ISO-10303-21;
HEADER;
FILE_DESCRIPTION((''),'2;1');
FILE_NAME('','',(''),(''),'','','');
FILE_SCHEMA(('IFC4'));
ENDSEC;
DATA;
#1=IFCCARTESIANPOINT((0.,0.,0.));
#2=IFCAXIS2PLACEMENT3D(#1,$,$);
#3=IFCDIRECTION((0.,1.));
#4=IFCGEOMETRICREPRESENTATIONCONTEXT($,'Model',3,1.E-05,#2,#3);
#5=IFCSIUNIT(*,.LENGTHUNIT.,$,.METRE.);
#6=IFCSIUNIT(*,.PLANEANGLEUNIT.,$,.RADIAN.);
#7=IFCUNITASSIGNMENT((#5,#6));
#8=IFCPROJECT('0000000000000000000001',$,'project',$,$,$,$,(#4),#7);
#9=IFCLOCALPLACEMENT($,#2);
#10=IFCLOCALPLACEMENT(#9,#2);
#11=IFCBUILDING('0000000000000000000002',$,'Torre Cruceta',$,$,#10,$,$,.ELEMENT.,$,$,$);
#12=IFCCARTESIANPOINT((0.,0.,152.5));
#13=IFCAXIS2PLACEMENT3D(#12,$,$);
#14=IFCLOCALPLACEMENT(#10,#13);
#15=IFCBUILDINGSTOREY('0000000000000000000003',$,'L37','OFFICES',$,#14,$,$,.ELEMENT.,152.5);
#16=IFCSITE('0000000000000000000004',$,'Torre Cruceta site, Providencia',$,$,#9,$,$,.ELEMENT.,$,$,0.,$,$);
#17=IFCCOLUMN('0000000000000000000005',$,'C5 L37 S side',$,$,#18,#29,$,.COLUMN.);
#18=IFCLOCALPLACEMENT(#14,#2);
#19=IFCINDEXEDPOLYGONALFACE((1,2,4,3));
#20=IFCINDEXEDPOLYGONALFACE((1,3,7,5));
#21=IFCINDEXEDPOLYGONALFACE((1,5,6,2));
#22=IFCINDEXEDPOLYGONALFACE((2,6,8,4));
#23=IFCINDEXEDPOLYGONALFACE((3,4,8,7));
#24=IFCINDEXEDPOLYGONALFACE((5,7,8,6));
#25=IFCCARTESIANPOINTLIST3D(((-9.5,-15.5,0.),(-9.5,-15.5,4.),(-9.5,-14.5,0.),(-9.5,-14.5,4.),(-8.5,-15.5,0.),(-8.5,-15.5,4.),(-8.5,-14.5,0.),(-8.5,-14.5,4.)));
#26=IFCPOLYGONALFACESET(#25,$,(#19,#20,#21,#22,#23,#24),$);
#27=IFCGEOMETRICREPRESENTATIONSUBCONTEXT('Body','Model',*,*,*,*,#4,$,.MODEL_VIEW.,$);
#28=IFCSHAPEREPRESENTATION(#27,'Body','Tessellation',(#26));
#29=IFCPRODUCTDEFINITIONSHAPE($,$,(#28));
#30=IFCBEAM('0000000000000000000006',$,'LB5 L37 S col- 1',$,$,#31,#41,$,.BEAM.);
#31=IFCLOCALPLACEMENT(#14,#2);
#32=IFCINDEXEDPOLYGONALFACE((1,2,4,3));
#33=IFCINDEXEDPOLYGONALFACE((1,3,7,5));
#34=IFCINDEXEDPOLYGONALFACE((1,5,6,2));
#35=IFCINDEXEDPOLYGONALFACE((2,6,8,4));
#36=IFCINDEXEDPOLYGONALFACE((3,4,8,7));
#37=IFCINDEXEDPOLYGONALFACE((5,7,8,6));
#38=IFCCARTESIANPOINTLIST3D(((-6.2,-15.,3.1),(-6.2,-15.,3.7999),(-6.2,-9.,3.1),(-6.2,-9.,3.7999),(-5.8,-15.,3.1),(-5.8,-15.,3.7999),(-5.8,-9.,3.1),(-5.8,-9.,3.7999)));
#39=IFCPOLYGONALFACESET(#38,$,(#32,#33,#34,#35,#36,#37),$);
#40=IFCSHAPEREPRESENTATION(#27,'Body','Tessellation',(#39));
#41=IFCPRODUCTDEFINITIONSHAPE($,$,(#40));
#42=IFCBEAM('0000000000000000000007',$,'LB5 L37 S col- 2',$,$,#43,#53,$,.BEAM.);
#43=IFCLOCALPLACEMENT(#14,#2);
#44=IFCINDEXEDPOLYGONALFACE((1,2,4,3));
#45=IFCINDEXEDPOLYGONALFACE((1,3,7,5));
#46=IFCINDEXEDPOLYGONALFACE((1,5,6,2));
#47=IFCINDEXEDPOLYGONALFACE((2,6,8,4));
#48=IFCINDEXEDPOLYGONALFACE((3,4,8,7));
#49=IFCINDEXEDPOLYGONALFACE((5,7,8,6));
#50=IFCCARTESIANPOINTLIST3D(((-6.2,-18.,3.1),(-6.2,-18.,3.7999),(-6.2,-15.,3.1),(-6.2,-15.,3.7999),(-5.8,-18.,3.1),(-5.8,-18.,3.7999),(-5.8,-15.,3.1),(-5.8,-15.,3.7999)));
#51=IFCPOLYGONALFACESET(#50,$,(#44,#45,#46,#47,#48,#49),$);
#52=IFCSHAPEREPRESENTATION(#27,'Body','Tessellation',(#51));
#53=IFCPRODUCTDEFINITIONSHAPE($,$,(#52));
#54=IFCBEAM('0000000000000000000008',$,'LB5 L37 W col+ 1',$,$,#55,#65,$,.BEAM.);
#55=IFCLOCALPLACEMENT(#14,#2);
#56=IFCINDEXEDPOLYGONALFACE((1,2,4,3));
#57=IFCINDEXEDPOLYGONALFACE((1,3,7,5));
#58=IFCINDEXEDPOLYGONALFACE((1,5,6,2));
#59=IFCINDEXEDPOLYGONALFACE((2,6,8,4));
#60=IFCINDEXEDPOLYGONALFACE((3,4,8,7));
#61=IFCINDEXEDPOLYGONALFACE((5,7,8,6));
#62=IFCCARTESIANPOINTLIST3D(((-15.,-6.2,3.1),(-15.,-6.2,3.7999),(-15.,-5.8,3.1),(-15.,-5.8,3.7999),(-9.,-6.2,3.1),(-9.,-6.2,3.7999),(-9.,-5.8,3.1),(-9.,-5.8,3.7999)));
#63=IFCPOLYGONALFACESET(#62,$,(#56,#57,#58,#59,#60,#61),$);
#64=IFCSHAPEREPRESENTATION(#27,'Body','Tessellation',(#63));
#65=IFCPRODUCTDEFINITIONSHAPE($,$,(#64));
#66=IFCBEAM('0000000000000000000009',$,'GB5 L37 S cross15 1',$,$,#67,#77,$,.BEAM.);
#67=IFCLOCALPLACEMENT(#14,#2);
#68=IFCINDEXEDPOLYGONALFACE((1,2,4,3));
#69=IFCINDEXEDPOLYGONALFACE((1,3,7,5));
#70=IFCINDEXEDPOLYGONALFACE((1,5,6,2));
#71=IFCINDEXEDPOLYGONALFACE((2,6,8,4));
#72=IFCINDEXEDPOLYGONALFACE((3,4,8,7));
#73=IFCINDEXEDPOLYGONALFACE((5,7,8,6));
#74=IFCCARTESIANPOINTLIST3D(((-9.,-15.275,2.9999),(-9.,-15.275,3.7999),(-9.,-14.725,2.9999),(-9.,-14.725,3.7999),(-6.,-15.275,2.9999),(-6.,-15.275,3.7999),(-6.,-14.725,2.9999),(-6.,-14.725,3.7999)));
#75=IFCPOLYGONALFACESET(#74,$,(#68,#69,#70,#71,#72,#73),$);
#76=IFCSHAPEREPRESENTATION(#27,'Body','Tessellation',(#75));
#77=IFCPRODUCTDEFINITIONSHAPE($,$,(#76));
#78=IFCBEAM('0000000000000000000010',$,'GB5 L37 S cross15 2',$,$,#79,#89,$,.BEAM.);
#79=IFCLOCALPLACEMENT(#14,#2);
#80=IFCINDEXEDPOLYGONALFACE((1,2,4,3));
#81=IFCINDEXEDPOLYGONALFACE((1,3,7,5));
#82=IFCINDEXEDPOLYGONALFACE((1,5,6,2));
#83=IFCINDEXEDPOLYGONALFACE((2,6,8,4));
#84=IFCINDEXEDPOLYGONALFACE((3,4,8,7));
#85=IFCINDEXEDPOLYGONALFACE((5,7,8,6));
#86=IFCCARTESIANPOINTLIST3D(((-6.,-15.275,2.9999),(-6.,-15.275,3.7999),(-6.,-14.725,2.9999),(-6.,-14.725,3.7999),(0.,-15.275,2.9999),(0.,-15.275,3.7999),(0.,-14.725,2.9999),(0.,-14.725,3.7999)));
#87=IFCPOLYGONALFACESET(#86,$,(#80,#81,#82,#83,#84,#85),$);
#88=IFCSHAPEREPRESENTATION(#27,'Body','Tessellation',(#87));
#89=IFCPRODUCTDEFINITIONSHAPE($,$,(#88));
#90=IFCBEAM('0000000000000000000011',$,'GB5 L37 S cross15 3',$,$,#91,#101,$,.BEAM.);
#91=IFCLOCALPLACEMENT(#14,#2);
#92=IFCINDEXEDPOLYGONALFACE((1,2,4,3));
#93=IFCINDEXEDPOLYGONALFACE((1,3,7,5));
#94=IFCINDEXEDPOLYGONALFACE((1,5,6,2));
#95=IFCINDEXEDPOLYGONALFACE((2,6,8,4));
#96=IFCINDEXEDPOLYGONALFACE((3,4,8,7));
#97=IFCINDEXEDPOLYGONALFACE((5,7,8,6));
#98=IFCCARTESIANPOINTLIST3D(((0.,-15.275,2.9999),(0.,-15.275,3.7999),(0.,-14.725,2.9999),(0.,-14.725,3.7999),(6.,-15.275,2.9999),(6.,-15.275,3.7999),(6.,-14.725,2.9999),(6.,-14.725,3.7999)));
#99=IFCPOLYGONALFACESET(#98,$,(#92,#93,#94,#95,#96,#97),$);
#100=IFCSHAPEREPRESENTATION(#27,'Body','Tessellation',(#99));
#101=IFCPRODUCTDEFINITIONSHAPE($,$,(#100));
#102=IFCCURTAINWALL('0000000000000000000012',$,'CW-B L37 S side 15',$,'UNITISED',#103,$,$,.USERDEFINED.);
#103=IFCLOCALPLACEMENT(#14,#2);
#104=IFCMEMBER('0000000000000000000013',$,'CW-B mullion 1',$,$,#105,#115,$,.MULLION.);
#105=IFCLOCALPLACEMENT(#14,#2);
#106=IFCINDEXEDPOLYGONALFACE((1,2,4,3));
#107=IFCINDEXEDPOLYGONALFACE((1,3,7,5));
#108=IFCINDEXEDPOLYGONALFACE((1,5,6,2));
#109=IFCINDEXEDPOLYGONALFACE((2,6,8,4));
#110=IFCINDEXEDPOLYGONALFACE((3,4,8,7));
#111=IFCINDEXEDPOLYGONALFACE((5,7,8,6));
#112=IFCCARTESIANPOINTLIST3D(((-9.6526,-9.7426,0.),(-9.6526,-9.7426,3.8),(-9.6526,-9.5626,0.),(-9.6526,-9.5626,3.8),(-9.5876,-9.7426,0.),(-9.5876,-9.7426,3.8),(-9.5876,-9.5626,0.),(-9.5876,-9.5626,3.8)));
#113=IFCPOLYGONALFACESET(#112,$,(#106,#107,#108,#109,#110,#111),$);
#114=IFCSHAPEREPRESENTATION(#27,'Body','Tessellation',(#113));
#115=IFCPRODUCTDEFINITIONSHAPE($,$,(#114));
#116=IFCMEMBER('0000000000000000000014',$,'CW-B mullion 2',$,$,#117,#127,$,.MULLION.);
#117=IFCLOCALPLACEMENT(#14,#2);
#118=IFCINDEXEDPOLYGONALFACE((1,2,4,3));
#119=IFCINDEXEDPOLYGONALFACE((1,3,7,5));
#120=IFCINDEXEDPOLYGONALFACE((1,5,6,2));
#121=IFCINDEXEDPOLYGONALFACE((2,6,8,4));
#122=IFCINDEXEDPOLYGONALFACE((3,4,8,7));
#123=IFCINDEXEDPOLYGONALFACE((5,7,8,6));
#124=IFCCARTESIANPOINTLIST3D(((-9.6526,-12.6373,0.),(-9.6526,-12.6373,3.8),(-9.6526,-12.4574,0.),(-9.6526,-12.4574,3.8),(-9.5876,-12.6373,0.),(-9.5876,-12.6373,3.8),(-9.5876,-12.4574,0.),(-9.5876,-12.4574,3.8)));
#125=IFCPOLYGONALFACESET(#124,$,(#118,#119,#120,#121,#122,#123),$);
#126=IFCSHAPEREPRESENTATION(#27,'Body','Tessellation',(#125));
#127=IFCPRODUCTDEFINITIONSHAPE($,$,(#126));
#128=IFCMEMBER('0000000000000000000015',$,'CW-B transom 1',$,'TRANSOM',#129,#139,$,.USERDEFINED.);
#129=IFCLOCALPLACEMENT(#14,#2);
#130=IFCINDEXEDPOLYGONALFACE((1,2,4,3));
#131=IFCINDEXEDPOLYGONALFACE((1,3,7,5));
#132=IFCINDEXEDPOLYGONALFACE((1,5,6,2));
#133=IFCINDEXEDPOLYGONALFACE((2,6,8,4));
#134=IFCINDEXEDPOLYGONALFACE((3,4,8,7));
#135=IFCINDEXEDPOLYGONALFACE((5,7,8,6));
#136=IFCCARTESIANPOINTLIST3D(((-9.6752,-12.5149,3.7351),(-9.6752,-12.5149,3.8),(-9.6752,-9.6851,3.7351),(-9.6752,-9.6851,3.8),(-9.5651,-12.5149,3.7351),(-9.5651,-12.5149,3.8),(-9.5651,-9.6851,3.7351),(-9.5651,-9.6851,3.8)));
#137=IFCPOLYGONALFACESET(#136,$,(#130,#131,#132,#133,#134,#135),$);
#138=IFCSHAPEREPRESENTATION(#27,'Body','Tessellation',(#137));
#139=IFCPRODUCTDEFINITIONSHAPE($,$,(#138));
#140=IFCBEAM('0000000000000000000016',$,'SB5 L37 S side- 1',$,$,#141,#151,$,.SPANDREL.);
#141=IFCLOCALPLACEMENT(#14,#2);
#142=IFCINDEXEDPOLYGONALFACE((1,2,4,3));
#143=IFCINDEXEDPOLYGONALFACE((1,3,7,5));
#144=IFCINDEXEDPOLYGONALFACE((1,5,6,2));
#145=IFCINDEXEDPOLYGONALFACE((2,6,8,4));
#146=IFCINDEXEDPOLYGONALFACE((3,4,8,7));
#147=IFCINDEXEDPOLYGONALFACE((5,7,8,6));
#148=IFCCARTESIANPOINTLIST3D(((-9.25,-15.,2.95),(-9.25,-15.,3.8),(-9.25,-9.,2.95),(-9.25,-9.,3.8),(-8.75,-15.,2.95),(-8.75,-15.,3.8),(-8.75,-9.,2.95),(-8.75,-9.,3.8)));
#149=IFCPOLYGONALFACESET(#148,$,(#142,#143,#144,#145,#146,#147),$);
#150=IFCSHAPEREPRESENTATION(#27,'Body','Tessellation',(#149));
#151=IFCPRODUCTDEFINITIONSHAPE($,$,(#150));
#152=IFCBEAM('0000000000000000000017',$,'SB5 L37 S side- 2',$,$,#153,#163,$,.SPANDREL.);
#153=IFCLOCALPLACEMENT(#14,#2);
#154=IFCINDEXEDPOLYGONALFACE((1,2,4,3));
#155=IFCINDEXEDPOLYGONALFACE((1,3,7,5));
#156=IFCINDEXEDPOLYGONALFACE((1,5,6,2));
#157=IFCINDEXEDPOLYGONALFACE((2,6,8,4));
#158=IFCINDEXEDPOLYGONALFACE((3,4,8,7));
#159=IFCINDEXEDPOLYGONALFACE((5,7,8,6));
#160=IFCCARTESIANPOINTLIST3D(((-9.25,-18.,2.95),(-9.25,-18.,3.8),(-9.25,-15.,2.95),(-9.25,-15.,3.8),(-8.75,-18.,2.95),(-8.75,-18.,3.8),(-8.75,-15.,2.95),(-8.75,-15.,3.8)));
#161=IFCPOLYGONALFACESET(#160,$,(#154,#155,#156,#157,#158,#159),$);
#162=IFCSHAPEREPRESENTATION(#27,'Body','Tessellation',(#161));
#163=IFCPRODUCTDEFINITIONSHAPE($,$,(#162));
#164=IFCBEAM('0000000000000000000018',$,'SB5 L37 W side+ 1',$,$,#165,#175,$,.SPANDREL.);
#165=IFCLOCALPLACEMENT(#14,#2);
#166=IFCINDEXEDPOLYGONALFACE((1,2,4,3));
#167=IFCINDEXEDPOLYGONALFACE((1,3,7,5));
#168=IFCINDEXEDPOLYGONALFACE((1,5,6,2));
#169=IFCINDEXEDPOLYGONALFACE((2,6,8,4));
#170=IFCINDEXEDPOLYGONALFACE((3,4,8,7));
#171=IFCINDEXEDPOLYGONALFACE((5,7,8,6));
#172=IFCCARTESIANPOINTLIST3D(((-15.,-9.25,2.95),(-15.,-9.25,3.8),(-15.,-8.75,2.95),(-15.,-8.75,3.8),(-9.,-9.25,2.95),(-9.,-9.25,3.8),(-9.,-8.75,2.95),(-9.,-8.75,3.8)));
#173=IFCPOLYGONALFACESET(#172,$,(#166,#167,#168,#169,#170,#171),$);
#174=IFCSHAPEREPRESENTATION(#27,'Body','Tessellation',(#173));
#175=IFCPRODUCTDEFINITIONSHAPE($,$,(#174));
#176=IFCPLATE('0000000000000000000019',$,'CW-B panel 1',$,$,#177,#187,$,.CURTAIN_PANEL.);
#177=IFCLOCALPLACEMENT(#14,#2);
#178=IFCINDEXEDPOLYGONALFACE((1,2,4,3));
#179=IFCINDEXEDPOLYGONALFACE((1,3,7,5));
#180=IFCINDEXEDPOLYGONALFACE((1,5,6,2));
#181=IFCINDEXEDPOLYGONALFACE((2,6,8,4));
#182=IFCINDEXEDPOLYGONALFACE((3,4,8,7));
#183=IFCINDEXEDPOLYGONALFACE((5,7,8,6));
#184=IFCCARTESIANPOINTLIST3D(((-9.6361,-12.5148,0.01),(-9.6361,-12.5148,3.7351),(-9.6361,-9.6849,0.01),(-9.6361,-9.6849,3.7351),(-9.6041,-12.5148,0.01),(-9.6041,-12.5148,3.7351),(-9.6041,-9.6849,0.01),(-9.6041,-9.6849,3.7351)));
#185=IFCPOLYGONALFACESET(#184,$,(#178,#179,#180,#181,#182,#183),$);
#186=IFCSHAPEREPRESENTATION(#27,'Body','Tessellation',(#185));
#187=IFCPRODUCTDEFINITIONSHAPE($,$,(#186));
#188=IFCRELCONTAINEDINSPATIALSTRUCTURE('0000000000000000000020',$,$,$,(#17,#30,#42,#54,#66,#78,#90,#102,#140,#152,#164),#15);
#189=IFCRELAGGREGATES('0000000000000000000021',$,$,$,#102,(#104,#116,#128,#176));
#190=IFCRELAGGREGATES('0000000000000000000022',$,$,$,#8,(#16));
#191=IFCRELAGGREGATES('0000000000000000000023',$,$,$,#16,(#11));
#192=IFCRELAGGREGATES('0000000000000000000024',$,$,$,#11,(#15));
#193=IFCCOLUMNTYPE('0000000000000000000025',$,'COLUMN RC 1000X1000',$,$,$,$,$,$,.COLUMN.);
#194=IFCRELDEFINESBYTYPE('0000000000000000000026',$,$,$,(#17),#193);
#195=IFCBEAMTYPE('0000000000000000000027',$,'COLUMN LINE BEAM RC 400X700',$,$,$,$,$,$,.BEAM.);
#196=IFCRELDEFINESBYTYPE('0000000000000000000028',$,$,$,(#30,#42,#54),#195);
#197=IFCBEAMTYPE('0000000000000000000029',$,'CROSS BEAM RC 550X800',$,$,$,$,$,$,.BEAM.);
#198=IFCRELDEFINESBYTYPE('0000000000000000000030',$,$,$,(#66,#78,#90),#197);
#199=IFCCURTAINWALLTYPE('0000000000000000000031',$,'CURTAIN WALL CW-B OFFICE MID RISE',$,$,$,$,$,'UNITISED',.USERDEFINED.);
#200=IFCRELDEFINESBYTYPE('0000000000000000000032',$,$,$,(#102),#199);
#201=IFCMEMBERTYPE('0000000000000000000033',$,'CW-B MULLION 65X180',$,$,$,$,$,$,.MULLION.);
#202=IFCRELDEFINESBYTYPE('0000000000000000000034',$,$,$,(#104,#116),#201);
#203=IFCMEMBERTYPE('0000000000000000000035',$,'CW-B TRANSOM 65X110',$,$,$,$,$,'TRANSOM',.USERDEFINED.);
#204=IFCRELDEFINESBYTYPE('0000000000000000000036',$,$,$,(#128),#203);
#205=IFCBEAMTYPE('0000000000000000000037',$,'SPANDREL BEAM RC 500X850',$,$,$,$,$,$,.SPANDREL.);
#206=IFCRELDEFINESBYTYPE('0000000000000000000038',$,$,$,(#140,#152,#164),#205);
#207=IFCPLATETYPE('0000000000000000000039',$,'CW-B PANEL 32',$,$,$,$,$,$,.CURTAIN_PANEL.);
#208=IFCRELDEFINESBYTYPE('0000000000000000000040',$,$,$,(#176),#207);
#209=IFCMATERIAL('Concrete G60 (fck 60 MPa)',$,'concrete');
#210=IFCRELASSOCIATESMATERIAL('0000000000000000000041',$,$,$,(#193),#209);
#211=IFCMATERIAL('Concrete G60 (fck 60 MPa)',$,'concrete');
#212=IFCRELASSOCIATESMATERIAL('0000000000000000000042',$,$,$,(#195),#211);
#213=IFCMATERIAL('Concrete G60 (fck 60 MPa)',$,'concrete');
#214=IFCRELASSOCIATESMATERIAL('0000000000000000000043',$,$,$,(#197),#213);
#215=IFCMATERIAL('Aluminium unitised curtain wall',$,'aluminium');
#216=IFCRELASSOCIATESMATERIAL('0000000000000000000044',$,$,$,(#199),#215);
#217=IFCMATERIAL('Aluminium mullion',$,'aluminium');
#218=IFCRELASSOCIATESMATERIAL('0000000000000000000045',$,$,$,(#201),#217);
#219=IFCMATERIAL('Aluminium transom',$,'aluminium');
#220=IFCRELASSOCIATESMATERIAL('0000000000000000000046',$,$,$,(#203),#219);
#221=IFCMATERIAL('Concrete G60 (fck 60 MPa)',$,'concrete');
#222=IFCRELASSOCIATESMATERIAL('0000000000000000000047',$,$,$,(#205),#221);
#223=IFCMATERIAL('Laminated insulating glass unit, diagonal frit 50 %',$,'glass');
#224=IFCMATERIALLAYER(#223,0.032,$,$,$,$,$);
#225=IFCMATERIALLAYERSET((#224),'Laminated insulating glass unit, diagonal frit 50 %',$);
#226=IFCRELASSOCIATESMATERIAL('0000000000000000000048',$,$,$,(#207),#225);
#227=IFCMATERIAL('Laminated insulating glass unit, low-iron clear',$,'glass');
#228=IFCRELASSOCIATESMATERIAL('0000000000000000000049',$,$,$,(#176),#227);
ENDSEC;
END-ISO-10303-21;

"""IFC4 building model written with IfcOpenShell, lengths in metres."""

from ifc_helpers import new_model, si_unit, direction, frame, origin, origin_2d, place, context, subcontext, project, spatial, rectangle, extrude, material, layer, layer_set, material_profile, profile_set, type_object, element, aggregate, save


model = new_model("IFC4")

# Units and contexts
model_context = context("Model", 3, precision=1e-05, world=origin(), true_north=direction((0.0, 1.0)))
body_context = subcontext(model_context, "Body", "Model", "MODEL_VIEW")
ifc_project = project(units=[si_unit("LENGTHUNIT", "METRE"), si_unit("PLANEANGLEUNIT", "RADIAN")], contexts=[model_context])

# Site, building, storey
site_placement = place(None, origin())
site = spatial("IfcSite", under=ifc_project, at=site_placement, Name="Torre Cruceta site, Providencia", CompositionType="ELEMENT", RefElevation=0.0)
building_placement = place(site_placement, origin())
building = spatial("IfcBuilding", under=site, at=building_placement, Name="Torre Cruceta", CompositionType="ELEMENT")
storey_placement = place(building_placement, frame((0.0, 0.0, 152.5)))
storey = spatial("IfcBuildingStorey", under=building, at=storey_placement, Name="L37", Description="OFFICES", CompositionType="ELEMENT", Elevation=152.5)

# Column
ifc_material_1 = material(Name="Concrete G60 (fck 60 MPa)", Category="concrete")
ifc_material_profile_1 = material_profile(ifc_material_1, rectangle(XDim=1.0, YDim=1.0, at=origin_2d()), Name="RC 1000X1000")
ifc_profile_set_1 = profile_set([ifc_material_profile_1], Name="Concrete G60 (fck 60 MPa)")
column_type = type_object("IfcColumnType", Name="COLUMN RC 1000X1000", PredefinedType="COLUMN", material=ifc_profile_set_1)
column_placement = place(storey_placement, frame((-9.0, -15.0, 0.0), z_axis=(0.0, 0.0, 1.0), x_axis=(1.0, 0.0, 0.0)))
element("IfcColumn", 1, at=column_placement, inside=storey, type_object=column_type, Name="C5 L37 S side", PredefinedType="COLUMN", context=body_context, shape_type="SweptSolid", body=[
    extrude(rectangle(XDim=1.0, YDim=1.0, at=origin_2d()), origin(), (0.0, 0.0, 1.0), 4.0),
])

# Beams
ifc_material_2 = material(Name="Concrete G60 (fck 60 MPa)", Category="concrete")
ifc_material_profile_2 = material_profile(ifc_material_2, rectangle(XDim=0.3999, YDim=0.7, at=origin_2d()), Name="RC 400X700")
ifc_profile_set_2 = profile_set([ifc_material_profile_2], Name="Concrete G60 (fck 60 MPa)")
beam_type_1 = type_object("IfcBeamType", Name="COLUMN LINE BEAM RC 400X700", PredefinedType="BEAM", material=ifc_profile_set_2)
beam_1_placement = place(storey_placement, frame((-6.0, -9.0, 3.45), z_axis=(0.0, -1.0, 0.0), x_axis=(1.0, 0.0, 0.0)))
element("IfcBeam", 2, at=beam_1_placement, inside=storey, type_object=beam_type_1, Name="LB5 L37 S col- 1", PredefinedType="BEAM", context=body_context, shape_type="SweptSolid", body=[
    extrude(rectangle(XDim=0.3999, YDim=0.7, at=origin_2d()), origin(), (0.0, 0.0, 1.0), 6.0),
])
beam_2_placement = place(storey_placement, frame((-6.0, -15.0, 3.45), z_axis=(0.0, -1.0, 0.0), x_axis=(1.0, 0.0, 0.0)))
element("IfcBeam", 3, at=beam_2_placement, inside=storey, type_object=beam_type_1, Name="LB5 L37 S col- 2", PredefinedType="BEAM", context=body_context, shape_type="SweptSolid", body=[
    extrude(rectangle(XDim=0.3999, YDim=0.7, at=origin_2d()), origin(), (0.0, 0.0, 1.0), 3.0),
])
beam_3_placement = place(storey_placement, frame((-9.0, -6.0, 3.45), z_axis=(-1.0, 0.0, 0.0), x_axis=(0.0, -1.0, 0.0)))
element("IfcBeam", 4, at=beam_3_placement, inside=storey, type_object=beam_type_1, Name="LB5 L37 W col+ 1", PredefinedType="BEAM", context=body_context, shape_type="SweptSolid", body=[
    extrude(rectangle(XDim=0.3999, YDim=0.7, at=origin_2d()), origin(), (0.0, 0.0, 1.0), 6.0),
])
ifc_material_3 = material(Name="Concrete G60 (fck 60 MPa)", Category="concrete")
ifc_material_profile_3 = material_profile(ifc_material_3, rectangle(XDim=0.55, YDim=0.8, at=origin_2d()), Name="RC 550X800")
ifc_profile_set_3 = profile_set([ifc_material_profile_3], Name="Concrete G60 (fck 60 MPa)")
beam_type_2 = type_object("IfcBeamType", Name="CROSS BEAM RC 550X800", PredefinedType="BEAM", material=ifc_profile_set_3)
beam_4_placement = place(storey_placement, frame((-9.0, -15.0, 3.3999), z_axis=(1.0, 0.0, 0.0), x_axis=(0.0, 1.0, 0.0)))
element("IfcBeam", 5, at=beam_4_placement, inside=storey, type_object=beam_type_2, Name="GB5 L37 S cross15 1", PredefinedType="BEAM", context=body_context, shape_type="SweptSolid", body=[
    extrude(rectangle(XDim=0.55, YDim=0.8, at=origin_2d()), origin(), (0.0, 0.0, 1.0), 3.0),
])
for number, where, z_axis, x_axis, name in (
    (6, (-6.0, -15.0, 3.3999), (1.0, 0.0, 0.0), (0.0, 1.0, 0.0), "GB5 L37 S cross15 2"),
    (7, (0.0, -15.0, 3.3999), (1.0, 0.0, 0.0), (0.0, 1.0, 0.0), "GB5 L37 S cross15 3"),
):
    element("IfcBeam", number, at=place(storey_placement, frame(where, z_axis=z_axis, x_axis=x_axis)), inside=storey, type_object=beam_type_2, Name=name, PredefinedType="BEAM", context=body_context, shape_type="SweptSolid", body=[
        extrude(rectangle(XDim=0.55, YDim=0.8, at=origin_2d()), origin(), (0.0, 0.0, 1.0), 6.0),
    ])

# Curtain wall, members
ifc_material_4 = material(Name="Aluminium unitised curtain wall", Category="aluminium")
curtain_wall_type = type_object("IfcCurtainWallType", Name="CURTAIN WALL CW-B OFFICE MID RISE", ElementType="UNITISED", PredefinedType="USERDEFINED", material=ifc_material_4)
curtain_wall_placement = place(storey_placement, origin())
curtain_wall = element("IfcCurtainWall", 8, at=curtain_wall_placement, inside=storey, type_object=curtain_wall_type, Name="CW-B L37 S side 15", ObjectType="UNITISED", PredefinedType="USERDEFINED")
ifc_material_5 = material(Name="Aluminium mullion", Category="aluminium")
ifc_material_profile_4 = material_profile(ifc_material_5, rectangle(XDim=0.0649, YDim=0.1799, at=origin_2d()), Name="AL 65X180")
ifc_profile_set_4 = profile_set([ifc_material_profile_4], Name="Aluminium mullion")
member_type_1 = type_object("IfcMemberType", Name="CW-B MULLION 65X180", PredefinedType="MULLION", material=ifc_profile_set_4)
member_1_placement = place(storey_placement, frame((-9.6201, -9.6526, 0.0), z_axis=(0.0, 0.0, 1.0), x_axis=(1.0, 0.0, 0.0)))
member_1 = element("IfcMember", 9, at=member_1_placement, type_object=member_type_1, Name="CW-B mullion 1", PredefinedType="MULLION", context=body_context, shape_type="SweptSolid", body=[
    extrude(rectangle(XDim=0.0649, YDim=0.1799, at=origin_2d()), origin(), (0.0, 0.0, 1.0), 3.8),
])
member_2_placement = place(storey_placement, frame((-9.6201, -12.5474, 0.0), z_axis=(0.0, 0.0, 1.0), x_axis=(1.0, 0.0, 0.0)))
member_2 = element("IfcMember", 10, at=member_2_placement, type_object=member_type_1, Name="CW-B mullion 2", PredefinedType="MULLION", context=body_context, shape_type="SweptSolid", body=[
    extrude(rectangle(XDim=0.0649, YDim=0.1799, at=origin_2d()), origin(), (0.0, 0.0, 1.0), 3.8),
])
ifc_material_6 = material(Name="Aluminium transom", Category="aluminium")
ifc_material_profile_5 = material_profile(ifc_material_6, rectangle(XDim=0.1101, YDim=0.0649, at=origin_2d()), Name="AL 110X65")
ifc_profile_set_5 = profile_set([ifc_material_profile_5], Name="Aluminium transom")
member_type_2 = type_object("IfcMemberType", Name="CW-B TRANSOM 65X110", ElementType="TRANSOM", PredefinedType="USERDEFINED", material=ifc_profile_set_5)
member_3_placement = place(storey_placement, frame((-9.6201, -9.6851, 3.7676), z_axis=(0.0, -1.0, 0.0), x_axis=(1.0, 0.0, 0.0)))
member_3 = element("IfcMember", 11, at=member_3_placement, type_object=member_type_2, Name="CW-B transom 1", ObjectType="TRANSOM", PredefinedType="USERDEFINED", context=body_context, shape_type="SweptSolid", body=[
    extrude(rectangle(XDim=0.1101, YDim=0.0649, at=origin_2d()), origin(), (0.0, 0.0, 1.0), 2.8298),
])

# Beams
ifc_material_7 = material(Name="Concrete G60 (fck 60 MPa)", Category="concrete")
ifc_material_profile_6 = material_profile(ifc_material_7, rectangle(XDim=0.5, YDim=0.8501, at=origin_2d()), Name="RC 500X850")
ifc_profile_set_6 = profile_set([ifc_material_profile_6], Name="Concrete G60 (fck 60 MPa)")
beam_type_3 = type_object("IfcBeamType", Name="SPANDREL BEAM RC 500X850", PredefinedType="SPANDREL", material=ifc_profile_set_6)
beam_5_placement = place(storey_placement, frame((-9.0, -9.0, 3.375), z_axis=(0.0, -1.0, 0.0), x_axis=(1.0, 0.0, 0.0)))
element("IfcBeam", 12, at=beam_5_placement, inside=storey, type_object=beam_type_3, Name="SB5 L37 S side- 1", PredefinedType="SPANDREL", context=body_context, shape_type="SweptSolid", body=[
    extrude(rectangle(XDim=0.5, YDim=0.8501, at=origin_2d()), origin(), (0.0, 0.0, 1.0), 6.0),
])
beam_6_placement = place(storey_placement, frame((-9.0, -15.0, 3.375), z_axis=(0.0, -1.0, 0.0), x_axis=(1.0, 0.0, 0.0)))
element("IfcBeam", 13, at=beam_6_placement, inside=storey, type_object=beam_type_3, Name="SB5 L37 S side- 2", PredefinedType="SPANDREL", context=body_context, shape_type="SweptSolid", body=[
    extrude(rectangle(XDim=0.5, YDim=0.8501, at=origin_2d()), origin(), (0.0, 0.0, 1.0), 3.0),
])
beam_7_placement = place(storey_placement, frame((-9.0, -9.0, 3.375), z_axis=(-1.0, 0.0, 0.0), x_axis=(0.0, -1.0, 0.0)))
element("IfcBeam", 14, at=beam_7_placement, inside=storey, type_object=beam_type_3, Name="SB5 L37 W side+ 1", PredefinedType="SPANDREL", context=body_context, shape_type="SweptSolid", body=[
    extrude(rectangle(XDim=0.5, YDim=0.8501, at=origin_2d()), origin(), (0.0, 0.0, 1.0), 6.0),
])

# Plate
ifc_material_8 = material(Name="Laminated insulating glass unit, low-iron clear", Category="glass")
ifc_material_9 = material(Name="Laminated insulating glass unit, diagonal frit 50 %", Category="glass")
ifc_layer_1 = layer(ifc_material_9, 0.032)
ifc_layer_set_1 = layer_set([ifc_layer_1], Name="Laminated insulating glass unit, diagonal frit 50 %")
plate_type = type_object("IfcPlateType", Name="CW-B PANEL 32", PredefinedType="CURTAIN_PANEL", material=ifc_layer_set_1)
plate_placement = place(storey_placement, frame((-9.6201, -11.0999, 0.01), z_axis=(0.0, 0.0, 1.0), x_axis=(0.0, -1.0, 0.0)))
plate = element("IfcPlate", 15, at=plate_placement, type_object=plate_type, material=ifc_material_8, Name="CW-B panel 1", PredefinedType="CURTAIN_PANEL", context=body_context, shape_type="SweptSolid", body=[
    extrude(rectangle(XDim=2.8298, YDim=0.032, at=origin_2d()), origin(), (0.0, 0.0, 1.0), 3.7251),
])
aggregate(curtain_wall, [member_1, member_2, member_3, plate])

save(model, "model.ifc")
